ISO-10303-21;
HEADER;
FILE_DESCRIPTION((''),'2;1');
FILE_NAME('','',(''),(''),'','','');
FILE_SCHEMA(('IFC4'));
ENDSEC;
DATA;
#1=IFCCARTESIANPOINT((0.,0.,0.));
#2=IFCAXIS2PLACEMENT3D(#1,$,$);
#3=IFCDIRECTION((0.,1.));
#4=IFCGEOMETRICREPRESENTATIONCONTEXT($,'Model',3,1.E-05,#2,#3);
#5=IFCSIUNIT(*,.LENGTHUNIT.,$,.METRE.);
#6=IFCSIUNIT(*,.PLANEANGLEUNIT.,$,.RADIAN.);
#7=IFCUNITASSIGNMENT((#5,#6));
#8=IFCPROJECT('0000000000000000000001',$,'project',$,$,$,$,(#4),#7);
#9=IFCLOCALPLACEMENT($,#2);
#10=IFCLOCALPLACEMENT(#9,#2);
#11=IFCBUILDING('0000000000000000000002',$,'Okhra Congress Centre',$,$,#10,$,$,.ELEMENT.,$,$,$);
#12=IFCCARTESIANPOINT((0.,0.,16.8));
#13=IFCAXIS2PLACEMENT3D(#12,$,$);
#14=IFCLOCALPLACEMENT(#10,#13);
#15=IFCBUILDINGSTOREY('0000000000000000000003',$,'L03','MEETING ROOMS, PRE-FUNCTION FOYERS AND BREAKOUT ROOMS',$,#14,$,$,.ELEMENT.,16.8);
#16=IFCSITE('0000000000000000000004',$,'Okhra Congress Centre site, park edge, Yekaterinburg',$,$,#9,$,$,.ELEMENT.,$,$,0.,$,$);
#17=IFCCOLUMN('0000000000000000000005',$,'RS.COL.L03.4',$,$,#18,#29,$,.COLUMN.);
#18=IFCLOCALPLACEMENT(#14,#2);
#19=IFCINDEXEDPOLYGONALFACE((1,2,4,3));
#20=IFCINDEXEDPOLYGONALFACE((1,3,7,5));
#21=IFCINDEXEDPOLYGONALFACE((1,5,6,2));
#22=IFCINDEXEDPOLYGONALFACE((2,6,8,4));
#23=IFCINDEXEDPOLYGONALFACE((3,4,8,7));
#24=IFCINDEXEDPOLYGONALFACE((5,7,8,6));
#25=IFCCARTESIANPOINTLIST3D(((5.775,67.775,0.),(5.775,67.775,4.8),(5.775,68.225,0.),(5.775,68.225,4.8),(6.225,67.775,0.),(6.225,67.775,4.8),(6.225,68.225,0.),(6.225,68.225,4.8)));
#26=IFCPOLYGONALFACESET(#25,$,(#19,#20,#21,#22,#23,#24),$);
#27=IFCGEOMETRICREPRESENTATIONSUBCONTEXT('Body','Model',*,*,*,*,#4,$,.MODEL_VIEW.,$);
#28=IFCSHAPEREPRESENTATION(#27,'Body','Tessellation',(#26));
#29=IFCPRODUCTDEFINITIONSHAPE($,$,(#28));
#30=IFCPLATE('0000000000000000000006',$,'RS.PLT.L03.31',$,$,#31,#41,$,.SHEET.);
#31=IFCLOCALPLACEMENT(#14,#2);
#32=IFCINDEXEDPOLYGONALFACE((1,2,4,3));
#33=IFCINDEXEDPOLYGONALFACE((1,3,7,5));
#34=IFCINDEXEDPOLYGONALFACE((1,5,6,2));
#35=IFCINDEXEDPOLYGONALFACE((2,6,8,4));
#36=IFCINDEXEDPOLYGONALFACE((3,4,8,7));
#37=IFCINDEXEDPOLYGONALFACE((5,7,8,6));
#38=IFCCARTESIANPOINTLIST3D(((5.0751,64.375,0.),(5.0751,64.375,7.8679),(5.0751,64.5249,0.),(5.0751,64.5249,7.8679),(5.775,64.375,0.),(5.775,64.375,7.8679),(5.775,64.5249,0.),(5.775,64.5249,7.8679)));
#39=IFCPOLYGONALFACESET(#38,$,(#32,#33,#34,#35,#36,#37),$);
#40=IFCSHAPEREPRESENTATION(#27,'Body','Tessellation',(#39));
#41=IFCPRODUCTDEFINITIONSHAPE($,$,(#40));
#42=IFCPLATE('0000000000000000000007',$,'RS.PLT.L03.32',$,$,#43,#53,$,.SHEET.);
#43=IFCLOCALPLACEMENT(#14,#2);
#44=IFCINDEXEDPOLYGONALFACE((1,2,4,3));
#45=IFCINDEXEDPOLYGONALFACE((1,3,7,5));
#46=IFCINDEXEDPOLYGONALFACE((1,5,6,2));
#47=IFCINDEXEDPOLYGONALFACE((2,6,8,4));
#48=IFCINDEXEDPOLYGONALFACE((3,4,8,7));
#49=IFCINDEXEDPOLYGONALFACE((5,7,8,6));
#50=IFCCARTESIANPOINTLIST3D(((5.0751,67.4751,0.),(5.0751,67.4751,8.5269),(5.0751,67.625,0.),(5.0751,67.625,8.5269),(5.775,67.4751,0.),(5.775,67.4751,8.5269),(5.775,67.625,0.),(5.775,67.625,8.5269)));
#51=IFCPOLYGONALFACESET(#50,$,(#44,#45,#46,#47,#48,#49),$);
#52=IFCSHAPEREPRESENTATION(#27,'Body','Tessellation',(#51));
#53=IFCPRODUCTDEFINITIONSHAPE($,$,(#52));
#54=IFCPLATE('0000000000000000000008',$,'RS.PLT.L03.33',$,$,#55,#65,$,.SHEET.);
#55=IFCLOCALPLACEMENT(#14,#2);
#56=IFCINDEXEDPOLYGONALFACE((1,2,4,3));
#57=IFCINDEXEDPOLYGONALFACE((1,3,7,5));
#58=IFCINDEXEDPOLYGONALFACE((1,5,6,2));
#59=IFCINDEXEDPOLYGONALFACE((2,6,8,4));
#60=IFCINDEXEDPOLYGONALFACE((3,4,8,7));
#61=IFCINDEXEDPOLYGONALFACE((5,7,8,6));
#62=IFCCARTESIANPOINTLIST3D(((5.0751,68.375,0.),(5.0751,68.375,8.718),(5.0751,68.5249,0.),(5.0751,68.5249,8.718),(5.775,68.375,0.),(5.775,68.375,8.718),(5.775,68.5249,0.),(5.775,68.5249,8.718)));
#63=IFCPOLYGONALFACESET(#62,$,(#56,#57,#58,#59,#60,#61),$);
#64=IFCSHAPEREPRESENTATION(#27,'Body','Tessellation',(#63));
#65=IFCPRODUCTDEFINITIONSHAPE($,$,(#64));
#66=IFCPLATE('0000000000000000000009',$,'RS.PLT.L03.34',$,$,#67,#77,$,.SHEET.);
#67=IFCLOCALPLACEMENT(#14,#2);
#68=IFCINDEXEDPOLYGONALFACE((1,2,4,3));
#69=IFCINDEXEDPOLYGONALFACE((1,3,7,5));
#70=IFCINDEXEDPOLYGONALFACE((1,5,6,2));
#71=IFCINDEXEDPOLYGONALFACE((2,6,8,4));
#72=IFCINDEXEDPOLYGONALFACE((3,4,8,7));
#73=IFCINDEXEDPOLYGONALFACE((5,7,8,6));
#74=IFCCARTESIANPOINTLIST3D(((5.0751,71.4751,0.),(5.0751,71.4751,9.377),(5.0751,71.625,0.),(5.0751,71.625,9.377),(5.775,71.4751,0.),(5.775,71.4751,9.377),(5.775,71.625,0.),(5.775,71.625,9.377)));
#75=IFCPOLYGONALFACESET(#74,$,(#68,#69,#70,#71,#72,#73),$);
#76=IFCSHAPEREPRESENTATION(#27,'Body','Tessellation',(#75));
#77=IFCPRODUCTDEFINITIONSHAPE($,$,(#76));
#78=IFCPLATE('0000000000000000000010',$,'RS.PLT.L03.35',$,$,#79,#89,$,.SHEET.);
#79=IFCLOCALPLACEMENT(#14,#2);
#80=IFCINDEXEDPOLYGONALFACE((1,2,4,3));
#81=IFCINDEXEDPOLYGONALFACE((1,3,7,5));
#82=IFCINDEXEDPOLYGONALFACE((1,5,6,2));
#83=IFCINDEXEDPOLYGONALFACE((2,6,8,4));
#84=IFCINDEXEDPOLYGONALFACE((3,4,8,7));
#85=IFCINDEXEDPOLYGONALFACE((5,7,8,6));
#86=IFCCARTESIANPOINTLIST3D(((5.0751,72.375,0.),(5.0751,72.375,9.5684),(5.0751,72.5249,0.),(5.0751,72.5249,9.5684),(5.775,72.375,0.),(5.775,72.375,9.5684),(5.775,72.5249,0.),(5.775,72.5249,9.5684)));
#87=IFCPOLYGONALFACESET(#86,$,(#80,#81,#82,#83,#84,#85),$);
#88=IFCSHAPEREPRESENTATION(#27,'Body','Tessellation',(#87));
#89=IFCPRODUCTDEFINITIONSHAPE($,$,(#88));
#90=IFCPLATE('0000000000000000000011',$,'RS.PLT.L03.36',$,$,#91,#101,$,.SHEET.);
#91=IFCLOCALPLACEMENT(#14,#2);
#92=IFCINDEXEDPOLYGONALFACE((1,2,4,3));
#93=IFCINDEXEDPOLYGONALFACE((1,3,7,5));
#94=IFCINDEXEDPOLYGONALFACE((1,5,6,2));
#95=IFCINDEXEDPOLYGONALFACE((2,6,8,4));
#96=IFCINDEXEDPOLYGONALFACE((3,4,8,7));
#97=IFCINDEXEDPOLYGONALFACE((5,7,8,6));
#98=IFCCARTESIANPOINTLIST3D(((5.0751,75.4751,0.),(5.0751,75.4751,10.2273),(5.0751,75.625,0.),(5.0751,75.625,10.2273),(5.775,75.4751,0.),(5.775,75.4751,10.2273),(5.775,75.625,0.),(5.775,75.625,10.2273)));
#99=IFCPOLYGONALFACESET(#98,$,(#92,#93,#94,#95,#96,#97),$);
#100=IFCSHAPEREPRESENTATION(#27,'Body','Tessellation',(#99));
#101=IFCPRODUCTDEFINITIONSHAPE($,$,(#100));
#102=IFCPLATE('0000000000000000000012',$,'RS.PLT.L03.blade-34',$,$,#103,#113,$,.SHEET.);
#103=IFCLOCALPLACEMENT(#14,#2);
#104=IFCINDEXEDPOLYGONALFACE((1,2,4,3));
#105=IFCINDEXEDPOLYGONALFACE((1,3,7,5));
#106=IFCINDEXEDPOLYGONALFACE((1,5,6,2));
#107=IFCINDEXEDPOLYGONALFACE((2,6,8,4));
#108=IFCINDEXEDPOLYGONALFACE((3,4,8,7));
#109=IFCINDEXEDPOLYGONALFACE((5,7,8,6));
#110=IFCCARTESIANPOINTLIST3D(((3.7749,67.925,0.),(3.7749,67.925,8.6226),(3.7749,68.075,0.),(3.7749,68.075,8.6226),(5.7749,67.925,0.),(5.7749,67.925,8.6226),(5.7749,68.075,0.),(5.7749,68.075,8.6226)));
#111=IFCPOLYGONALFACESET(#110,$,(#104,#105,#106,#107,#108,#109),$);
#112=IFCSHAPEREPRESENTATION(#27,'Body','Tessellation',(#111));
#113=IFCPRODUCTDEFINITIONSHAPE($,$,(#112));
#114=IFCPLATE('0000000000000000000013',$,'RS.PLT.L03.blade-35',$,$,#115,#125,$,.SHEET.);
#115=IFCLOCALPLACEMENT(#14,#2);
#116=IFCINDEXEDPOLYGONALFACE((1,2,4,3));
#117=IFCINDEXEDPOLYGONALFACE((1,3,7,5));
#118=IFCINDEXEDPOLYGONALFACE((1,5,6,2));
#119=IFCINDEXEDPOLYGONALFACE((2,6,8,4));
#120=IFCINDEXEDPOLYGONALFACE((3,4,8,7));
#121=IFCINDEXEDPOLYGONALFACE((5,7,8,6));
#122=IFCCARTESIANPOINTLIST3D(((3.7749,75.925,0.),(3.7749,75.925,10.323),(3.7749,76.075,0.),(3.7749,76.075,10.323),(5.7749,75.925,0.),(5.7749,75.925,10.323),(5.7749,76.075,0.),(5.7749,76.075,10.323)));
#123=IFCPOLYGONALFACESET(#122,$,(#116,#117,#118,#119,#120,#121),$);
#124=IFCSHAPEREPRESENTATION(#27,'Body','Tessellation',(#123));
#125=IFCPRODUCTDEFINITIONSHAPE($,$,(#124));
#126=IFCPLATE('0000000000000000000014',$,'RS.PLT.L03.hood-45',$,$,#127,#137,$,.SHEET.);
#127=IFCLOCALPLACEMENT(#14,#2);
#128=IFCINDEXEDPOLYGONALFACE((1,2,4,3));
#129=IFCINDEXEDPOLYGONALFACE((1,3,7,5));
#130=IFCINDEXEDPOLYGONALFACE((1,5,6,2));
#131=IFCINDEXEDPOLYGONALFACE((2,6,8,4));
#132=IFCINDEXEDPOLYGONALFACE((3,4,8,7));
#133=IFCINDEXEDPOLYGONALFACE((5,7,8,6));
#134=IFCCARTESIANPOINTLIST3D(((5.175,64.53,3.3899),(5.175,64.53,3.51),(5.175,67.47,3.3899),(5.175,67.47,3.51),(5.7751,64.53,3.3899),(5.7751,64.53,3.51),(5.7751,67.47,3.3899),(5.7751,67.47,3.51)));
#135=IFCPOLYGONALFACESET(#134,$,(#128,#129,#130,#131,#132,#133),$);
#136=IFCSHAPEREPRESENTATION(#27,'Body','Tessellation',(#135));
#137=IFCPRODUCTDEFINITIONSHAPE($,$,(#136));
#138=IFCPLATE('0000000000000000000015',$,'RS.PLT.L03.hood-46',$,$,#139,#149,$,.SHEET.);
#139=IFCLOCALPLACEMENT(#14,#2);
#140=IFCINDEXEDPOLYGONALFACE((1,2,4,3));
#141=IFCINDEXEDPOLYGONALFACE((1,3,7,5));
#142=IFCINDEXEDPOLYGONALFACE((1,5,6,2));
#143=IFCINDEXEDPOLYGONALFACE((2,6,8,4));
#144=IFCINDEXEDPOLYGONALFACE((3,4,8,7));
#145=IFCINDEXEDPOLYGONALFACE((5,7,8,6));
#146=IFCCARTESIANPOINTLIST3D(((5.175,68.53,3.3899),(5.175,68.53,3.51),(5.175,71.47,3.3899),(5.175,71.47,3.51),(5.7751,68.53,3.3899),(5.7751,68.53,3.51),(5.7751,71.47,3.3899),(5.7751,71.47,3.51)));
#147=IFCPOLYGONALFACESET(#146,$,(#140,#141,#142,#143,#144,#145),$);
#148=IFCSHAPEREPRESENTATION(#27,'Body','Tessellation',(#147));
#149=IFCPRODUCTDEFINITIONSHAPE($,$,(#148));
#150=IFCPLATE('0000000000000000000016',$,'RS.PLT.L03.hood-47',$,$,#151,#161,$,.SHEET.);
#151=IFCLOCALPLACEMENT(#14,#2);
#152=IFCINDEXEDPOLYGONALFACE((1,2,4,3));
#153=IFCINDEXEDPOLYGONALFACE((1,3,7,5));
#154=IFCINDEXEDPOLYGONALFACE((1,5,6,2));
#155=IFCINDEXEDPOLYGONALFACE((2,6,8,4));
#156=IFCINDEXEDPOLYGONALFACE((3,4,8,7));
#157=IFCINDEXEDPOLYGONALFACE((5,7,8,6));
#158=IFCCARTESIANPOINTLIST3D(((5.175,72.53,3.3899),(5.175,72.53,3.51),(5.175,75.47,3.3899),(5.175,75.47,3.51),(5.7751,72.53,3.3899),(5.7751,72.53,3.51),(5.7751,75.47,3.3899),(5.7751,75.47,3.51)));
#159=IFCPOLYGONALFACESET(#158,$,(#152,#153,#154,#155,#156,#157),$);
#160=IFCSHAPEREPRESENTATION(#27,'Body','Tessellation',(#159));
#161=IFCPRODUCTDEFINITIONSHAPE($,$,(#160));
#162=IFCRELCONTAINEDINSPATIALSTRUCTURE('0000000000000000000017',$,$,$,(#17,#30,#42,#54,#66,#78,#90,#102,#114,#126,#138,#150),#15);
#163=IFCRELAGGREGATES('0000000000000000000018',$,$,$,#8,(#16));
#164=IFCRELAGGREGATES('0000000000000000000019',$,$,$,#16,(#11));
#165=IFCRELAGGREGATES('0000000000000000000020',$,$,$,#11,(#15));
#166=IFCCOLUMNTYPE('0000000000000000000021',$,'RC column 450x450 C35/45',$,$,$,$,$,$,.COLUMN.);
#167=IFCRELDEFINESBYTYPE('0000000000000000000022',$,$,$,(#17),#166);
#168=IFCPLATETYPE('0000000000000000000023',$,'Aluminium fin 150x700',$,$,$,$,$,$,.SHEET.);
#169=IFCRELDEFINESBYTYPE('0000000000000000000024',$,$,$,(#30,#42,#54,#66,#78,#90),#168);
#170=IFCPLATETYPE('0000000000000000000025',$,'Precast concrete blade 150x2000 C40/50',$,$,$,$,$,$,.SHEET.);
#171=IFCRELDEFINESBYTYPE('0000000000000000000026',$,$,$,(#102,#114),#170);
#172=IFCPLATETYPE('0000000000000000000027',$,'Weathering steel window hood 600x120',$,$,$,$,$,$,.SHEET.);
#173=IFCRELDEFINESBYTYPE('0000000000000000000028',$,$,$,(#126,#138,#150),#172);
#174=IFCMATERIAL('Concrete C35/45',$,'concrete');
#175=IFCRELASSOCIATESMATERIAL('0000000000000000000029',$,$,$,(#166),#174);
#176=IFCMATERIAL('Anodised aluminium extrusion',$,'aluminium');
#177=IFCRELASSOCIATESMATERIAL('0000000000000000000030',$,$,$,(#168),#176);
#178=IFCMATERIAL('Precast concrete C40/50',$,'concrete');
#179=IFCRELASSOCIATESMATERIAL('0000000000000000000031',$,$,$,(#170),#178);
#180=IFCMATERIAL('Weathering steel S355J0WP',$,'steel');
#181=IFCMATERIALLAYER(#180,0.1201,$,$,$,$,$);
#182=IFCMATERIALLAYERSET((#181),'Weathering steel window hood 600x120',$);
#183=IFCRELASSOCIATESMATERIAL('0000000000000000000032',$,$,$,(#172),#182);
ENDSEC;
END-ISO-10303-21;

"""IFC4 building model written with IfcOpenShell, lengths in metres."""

from ifc_helpers import new_model, si_unit, direction, frame, origin, origin_2d, place, context, subcontext, project, spatial, rectangle, extrude, material, layer, layer_set, material_profile, profile_set, type_object, element, save


model = new_model("IFC4")

# Units and contexts
model_context = context("Model", 3, precision=1e-05, world=origin(), true_north=direction((0.0, 1.0)))
body_context = subcontext(model_context, "Body", "Model", "MODEL_VIEW")
ifc_project = project(units=[si_unit("LENGTHUNIT", "METRE"), si_unit("PLANEANGLEUNIT", "RADIAN")], contexts=[model_context])

# Site, building, storey
site_placement = place(None, origin())
site = spatial("IfcSite", under=ifc_project, at=site_placement, Name="Okhra Congress Centre site, park edge, Yekaterinburg", CompositionType="ELEMENT", RefElevation=0.0)
building_placement = place(site_placement, origin())
building = spatial("IfcBuilding", under=site, at=building_placement, Name="Okhra Congress Centre", CompositionType="ELEMENT")
storey_placement = place(building_placement, frame((0.0, 0.0, 16.8)))
storey = spatial("IfcBuildingStorey", under=building, at=storey_placement, Name="L03", Description="MEETING ROOMS, PRE-FUNCTION FOYERS AND BREAKOUT ROOMS", CompositionType="ELEMENT", Elevation=16.8)

# Column
ifc_material_1 = material(Name="Concrete C35/45", Category="concrete")
ifc_material_profile = material_profile(ifc_material_1, rectangle(XDim=0.45, YDim=0.45, at=origin_2d()), Name="RC 450x450")
ifc_profile_set = profile_set([ifc_material_profile], Name="Concrete C35/45")
column_type = type_object("IfcColumnType", Name="RC column 450x450 C35/45", PredefinedType="COLUMN", material=ifc_profile_set)
column_placement = place(storey_placement, frame((6.0, 68.0, 0.0), z_axis=(0.0, 0.0, 1.0), x_axis=(1.0, 0.0, 0.0)))
element("IfcColumn", 1, at=column_placement, inside=storey, type_object=column_type, Name="RS.COL.L03.4", PredefinedType="COLUMN", context=body_context, shape_type="SweptSolid", body=[
    extrude(rectangle(XDim=0.45, YDim=0.45, at=origin_2d()), origin(), (0.0, 0.0, 1.0), 4.8),
])

# Plates
ifc_material_2 = material(Name="Anodised aluminium extrusion", Category="aluminium")
plate_type_1 = type_object("IfcPlateType", Name="Aluminium fin 150x700", PredefinedType="SHEET", material=ifc_material_2)
plate_1_placement = place(storey_placement, frame((5.425, 64.45, 0.0), z_axis=(0.0, 0.0, 1.0), x_axis=(0.0, -1.0, 0.0)))
element("IfcPlate", 2, at=plate_1_placement, inside=storey, type_object=plate_type_1, Name="RS.PLT.L03.31", PredefinedType="SHEET", context=body_context, shape_type="SweptSolid", body=[
    extrude(rectangle(XDim=0.1499, YDim=0.7, at=origin_2d()), origin(), (0.0, 0.0, 1.0), 7.8679),
])
plate_2_placement = place(storey_placement, frame((5.425, 67.55, 0.0), z_axis=(0.0, 0.0, 1.0), x_axis=(0.0, -1.0, 0.0)))
element("IfcPlate", 3, at=plate_2_placement, inside=storey, type_object=plate_type_1, Name="RS.PLT.L03.32", PredefinedType="SHEET", context=body_context, shape_type="SweptSolid", body=[
    extrude(rectangle(XDim=0.1499, YDim=0.7, at=origin_2d()), origin(), (0.0, 0.0, 1.0), 8.5269),
])
plate_3_placement = place(storey_placement, frame((5.425, 68.45, 0.0), z_axis=(0.0, 0.0, 1.0), x_axis=(0.0, -1.0, 0.0)))
element("IfcPlate", 4, at=plate_3_placement, inside=storey, type_object=plate_type_1, Name="RS.PLT.L03.33", PredefinedType="SHEET", context=body_context, shape_type="SweptSolid", body=[
    extrude(rectangle(XDim=0.1499, YDim=0.7, at=origin_2d()), origin(), (0.0, 0.0, 1.0), 8.718),
])
plate_4_placement = place(storey_placement, frame((5.425, 71.55, 0.0), z_axis=(0.0, 0.0, 1.0), x_axis=(0.0, -1.0, 0.0)))
element("IfcPlate", 5, at=plate_4_placement, inside=storey, type_object=plate_type_1, Name="RS.PLT.L03.34", PredefinedType="SHEET", context=body_context, shape_type="SweptSolid", body=[
    extrude(rectangle(XDim=0.1499, YDim=0.7, at=origin_2d()), origin(), (0.0, 0.0, 1.0), 9.377),
])
plate_5_placement = place(storey_placement, frame((5.425, 72.45, 0.0), z_axis=(0.0, 0.0, 1.0), x_axis=(0.0, -1.0, 0.0)))
element("IfcPlate", 6, at=plate_5_placement, inside=storey, type_object=plate_type_1, Name="RS.PLT.L03.35", PredefinedType="SHEET", context=body_context, shape_type="SweptSolid", body=[
    extrude(rectangle(XDim=0.1499, YDim=0.7, at=origin_2d()), origin(), (0.0, 0.0, 1.0), 9.5684),
])
plate_6_placement = place(storey_placement, frame((5.425, 75.55, 0.0), z_axis=(0.0, 0.0, 1.0), x_axis=(0.0, -1.0, 0.0)))
element("IfcPlate", 7, at=plate_6_placement, inside=storey, type_object=plate_type_1, Name="RS.PLT.L03.36", PredefinedType="SHEET", context=body_context, shape_type="SweptSolid", body=[
    extrude(rectangle(XDim=0.1499, YDim=0.7, at=origin_2d()), origin(), (0.0, 0.0, 1.0), 10.2273),
])
ifc_material_3 = material(Name="Precast concrete C40/50", Category="concrete")
plate_type_2 = type_object("IfcPlateType", Name="Precast concrete blade 150x2000 C40/50", PredefinedType="SHEET", material=ifc_material_3)
plate_7_placement = place(storey_placement, frame((4.7749, 68.0, 0.0), z_axis=(0.0, 0.0, 1.0), x_axis=(0.0, -1.0, 0.0)))
element("IfcPlate", 8, at=plate_7_placement, inside=storey, type_object=plate_type_2, Name="RS.PLT.L03.blade-34", PredefinedType="SHEET", context=body_context, shape_type="SweptSolid", body=[
    extrude(rectangle(XDim=0.1499, YDim=2.0, at=origin_2d()), origin(), (0.0, 0.0, 1.0), 8.6226),
])
plate_8_placement = place(storey_placement, frame((4.7749, 76.0, 0.0), z_axis=(0.0, 0.0, 1.0), x_axis=(0.0, -1.0, 0.0)))
element("IfcPlate", 9, at=plate_8_placement, inside=storey, type_object=plate_type_2, Name="RS.PLT.L03.blade-35", PredefinedType="SHEET", context=body_context, shape_type="SweptSolid", body=[
    extrude(rectangle(XDim=0.1499, YDim=2.0, at=origin_2d()), origin(), (0.0, 0.0, 1.0), 10.323),
])
ifc_material_4 = material(Name="Weathering steel S355J0WP", Category="steel")
ifc_layer_1 = layer(ifc_material_4, 0.1201)
ifc_layer_set_1 = layer_set([ifc_layer_1], Name="Weathering steel window hood 600x120")
plate_type_3 = type_object("IfcPlateType", Name="Weathering steel window hood 600x120", PredefinedType="SHEET", material=ifc_layer_set_1)
for number, where, z_axis, x_axis, name in (
    (10, (5.4751, 66.0, 3.3899), (0.0, 0.0, 1.0), (0.0, -1.0, 0.0), "RS.PLT.L03.hood-45"),
    (11, (5.4751, 70.0, 3.3899), (0.0, 0.0, 1.0), (0.0, -1.0, 0.0), "RS.PLT.L03.hood-46"),
    (12, (5.4751, 74.0, 3.3899), (0.0, 0.0, 1.0), (0.0, -1.0, 0.0), "RS.PLT.L03.hood-47"),
):
    element("IfcPlate", number, at=place(storey_placement, frame(where, z_axis=z_axis, x_axis=x_axis)), inside=storey, type_object=plate_type_3, Name=name, PredefinedType="SHEET", context=body_context, shape_type="SweptSolid", body=[
        extrude(rectangle(XDim=2.9399, YDim=0.6001, at=origin_2d()), origin(), (0.0, 0.0, 1.0), 0.1201),
    ])

save(model, "model.ifc")
